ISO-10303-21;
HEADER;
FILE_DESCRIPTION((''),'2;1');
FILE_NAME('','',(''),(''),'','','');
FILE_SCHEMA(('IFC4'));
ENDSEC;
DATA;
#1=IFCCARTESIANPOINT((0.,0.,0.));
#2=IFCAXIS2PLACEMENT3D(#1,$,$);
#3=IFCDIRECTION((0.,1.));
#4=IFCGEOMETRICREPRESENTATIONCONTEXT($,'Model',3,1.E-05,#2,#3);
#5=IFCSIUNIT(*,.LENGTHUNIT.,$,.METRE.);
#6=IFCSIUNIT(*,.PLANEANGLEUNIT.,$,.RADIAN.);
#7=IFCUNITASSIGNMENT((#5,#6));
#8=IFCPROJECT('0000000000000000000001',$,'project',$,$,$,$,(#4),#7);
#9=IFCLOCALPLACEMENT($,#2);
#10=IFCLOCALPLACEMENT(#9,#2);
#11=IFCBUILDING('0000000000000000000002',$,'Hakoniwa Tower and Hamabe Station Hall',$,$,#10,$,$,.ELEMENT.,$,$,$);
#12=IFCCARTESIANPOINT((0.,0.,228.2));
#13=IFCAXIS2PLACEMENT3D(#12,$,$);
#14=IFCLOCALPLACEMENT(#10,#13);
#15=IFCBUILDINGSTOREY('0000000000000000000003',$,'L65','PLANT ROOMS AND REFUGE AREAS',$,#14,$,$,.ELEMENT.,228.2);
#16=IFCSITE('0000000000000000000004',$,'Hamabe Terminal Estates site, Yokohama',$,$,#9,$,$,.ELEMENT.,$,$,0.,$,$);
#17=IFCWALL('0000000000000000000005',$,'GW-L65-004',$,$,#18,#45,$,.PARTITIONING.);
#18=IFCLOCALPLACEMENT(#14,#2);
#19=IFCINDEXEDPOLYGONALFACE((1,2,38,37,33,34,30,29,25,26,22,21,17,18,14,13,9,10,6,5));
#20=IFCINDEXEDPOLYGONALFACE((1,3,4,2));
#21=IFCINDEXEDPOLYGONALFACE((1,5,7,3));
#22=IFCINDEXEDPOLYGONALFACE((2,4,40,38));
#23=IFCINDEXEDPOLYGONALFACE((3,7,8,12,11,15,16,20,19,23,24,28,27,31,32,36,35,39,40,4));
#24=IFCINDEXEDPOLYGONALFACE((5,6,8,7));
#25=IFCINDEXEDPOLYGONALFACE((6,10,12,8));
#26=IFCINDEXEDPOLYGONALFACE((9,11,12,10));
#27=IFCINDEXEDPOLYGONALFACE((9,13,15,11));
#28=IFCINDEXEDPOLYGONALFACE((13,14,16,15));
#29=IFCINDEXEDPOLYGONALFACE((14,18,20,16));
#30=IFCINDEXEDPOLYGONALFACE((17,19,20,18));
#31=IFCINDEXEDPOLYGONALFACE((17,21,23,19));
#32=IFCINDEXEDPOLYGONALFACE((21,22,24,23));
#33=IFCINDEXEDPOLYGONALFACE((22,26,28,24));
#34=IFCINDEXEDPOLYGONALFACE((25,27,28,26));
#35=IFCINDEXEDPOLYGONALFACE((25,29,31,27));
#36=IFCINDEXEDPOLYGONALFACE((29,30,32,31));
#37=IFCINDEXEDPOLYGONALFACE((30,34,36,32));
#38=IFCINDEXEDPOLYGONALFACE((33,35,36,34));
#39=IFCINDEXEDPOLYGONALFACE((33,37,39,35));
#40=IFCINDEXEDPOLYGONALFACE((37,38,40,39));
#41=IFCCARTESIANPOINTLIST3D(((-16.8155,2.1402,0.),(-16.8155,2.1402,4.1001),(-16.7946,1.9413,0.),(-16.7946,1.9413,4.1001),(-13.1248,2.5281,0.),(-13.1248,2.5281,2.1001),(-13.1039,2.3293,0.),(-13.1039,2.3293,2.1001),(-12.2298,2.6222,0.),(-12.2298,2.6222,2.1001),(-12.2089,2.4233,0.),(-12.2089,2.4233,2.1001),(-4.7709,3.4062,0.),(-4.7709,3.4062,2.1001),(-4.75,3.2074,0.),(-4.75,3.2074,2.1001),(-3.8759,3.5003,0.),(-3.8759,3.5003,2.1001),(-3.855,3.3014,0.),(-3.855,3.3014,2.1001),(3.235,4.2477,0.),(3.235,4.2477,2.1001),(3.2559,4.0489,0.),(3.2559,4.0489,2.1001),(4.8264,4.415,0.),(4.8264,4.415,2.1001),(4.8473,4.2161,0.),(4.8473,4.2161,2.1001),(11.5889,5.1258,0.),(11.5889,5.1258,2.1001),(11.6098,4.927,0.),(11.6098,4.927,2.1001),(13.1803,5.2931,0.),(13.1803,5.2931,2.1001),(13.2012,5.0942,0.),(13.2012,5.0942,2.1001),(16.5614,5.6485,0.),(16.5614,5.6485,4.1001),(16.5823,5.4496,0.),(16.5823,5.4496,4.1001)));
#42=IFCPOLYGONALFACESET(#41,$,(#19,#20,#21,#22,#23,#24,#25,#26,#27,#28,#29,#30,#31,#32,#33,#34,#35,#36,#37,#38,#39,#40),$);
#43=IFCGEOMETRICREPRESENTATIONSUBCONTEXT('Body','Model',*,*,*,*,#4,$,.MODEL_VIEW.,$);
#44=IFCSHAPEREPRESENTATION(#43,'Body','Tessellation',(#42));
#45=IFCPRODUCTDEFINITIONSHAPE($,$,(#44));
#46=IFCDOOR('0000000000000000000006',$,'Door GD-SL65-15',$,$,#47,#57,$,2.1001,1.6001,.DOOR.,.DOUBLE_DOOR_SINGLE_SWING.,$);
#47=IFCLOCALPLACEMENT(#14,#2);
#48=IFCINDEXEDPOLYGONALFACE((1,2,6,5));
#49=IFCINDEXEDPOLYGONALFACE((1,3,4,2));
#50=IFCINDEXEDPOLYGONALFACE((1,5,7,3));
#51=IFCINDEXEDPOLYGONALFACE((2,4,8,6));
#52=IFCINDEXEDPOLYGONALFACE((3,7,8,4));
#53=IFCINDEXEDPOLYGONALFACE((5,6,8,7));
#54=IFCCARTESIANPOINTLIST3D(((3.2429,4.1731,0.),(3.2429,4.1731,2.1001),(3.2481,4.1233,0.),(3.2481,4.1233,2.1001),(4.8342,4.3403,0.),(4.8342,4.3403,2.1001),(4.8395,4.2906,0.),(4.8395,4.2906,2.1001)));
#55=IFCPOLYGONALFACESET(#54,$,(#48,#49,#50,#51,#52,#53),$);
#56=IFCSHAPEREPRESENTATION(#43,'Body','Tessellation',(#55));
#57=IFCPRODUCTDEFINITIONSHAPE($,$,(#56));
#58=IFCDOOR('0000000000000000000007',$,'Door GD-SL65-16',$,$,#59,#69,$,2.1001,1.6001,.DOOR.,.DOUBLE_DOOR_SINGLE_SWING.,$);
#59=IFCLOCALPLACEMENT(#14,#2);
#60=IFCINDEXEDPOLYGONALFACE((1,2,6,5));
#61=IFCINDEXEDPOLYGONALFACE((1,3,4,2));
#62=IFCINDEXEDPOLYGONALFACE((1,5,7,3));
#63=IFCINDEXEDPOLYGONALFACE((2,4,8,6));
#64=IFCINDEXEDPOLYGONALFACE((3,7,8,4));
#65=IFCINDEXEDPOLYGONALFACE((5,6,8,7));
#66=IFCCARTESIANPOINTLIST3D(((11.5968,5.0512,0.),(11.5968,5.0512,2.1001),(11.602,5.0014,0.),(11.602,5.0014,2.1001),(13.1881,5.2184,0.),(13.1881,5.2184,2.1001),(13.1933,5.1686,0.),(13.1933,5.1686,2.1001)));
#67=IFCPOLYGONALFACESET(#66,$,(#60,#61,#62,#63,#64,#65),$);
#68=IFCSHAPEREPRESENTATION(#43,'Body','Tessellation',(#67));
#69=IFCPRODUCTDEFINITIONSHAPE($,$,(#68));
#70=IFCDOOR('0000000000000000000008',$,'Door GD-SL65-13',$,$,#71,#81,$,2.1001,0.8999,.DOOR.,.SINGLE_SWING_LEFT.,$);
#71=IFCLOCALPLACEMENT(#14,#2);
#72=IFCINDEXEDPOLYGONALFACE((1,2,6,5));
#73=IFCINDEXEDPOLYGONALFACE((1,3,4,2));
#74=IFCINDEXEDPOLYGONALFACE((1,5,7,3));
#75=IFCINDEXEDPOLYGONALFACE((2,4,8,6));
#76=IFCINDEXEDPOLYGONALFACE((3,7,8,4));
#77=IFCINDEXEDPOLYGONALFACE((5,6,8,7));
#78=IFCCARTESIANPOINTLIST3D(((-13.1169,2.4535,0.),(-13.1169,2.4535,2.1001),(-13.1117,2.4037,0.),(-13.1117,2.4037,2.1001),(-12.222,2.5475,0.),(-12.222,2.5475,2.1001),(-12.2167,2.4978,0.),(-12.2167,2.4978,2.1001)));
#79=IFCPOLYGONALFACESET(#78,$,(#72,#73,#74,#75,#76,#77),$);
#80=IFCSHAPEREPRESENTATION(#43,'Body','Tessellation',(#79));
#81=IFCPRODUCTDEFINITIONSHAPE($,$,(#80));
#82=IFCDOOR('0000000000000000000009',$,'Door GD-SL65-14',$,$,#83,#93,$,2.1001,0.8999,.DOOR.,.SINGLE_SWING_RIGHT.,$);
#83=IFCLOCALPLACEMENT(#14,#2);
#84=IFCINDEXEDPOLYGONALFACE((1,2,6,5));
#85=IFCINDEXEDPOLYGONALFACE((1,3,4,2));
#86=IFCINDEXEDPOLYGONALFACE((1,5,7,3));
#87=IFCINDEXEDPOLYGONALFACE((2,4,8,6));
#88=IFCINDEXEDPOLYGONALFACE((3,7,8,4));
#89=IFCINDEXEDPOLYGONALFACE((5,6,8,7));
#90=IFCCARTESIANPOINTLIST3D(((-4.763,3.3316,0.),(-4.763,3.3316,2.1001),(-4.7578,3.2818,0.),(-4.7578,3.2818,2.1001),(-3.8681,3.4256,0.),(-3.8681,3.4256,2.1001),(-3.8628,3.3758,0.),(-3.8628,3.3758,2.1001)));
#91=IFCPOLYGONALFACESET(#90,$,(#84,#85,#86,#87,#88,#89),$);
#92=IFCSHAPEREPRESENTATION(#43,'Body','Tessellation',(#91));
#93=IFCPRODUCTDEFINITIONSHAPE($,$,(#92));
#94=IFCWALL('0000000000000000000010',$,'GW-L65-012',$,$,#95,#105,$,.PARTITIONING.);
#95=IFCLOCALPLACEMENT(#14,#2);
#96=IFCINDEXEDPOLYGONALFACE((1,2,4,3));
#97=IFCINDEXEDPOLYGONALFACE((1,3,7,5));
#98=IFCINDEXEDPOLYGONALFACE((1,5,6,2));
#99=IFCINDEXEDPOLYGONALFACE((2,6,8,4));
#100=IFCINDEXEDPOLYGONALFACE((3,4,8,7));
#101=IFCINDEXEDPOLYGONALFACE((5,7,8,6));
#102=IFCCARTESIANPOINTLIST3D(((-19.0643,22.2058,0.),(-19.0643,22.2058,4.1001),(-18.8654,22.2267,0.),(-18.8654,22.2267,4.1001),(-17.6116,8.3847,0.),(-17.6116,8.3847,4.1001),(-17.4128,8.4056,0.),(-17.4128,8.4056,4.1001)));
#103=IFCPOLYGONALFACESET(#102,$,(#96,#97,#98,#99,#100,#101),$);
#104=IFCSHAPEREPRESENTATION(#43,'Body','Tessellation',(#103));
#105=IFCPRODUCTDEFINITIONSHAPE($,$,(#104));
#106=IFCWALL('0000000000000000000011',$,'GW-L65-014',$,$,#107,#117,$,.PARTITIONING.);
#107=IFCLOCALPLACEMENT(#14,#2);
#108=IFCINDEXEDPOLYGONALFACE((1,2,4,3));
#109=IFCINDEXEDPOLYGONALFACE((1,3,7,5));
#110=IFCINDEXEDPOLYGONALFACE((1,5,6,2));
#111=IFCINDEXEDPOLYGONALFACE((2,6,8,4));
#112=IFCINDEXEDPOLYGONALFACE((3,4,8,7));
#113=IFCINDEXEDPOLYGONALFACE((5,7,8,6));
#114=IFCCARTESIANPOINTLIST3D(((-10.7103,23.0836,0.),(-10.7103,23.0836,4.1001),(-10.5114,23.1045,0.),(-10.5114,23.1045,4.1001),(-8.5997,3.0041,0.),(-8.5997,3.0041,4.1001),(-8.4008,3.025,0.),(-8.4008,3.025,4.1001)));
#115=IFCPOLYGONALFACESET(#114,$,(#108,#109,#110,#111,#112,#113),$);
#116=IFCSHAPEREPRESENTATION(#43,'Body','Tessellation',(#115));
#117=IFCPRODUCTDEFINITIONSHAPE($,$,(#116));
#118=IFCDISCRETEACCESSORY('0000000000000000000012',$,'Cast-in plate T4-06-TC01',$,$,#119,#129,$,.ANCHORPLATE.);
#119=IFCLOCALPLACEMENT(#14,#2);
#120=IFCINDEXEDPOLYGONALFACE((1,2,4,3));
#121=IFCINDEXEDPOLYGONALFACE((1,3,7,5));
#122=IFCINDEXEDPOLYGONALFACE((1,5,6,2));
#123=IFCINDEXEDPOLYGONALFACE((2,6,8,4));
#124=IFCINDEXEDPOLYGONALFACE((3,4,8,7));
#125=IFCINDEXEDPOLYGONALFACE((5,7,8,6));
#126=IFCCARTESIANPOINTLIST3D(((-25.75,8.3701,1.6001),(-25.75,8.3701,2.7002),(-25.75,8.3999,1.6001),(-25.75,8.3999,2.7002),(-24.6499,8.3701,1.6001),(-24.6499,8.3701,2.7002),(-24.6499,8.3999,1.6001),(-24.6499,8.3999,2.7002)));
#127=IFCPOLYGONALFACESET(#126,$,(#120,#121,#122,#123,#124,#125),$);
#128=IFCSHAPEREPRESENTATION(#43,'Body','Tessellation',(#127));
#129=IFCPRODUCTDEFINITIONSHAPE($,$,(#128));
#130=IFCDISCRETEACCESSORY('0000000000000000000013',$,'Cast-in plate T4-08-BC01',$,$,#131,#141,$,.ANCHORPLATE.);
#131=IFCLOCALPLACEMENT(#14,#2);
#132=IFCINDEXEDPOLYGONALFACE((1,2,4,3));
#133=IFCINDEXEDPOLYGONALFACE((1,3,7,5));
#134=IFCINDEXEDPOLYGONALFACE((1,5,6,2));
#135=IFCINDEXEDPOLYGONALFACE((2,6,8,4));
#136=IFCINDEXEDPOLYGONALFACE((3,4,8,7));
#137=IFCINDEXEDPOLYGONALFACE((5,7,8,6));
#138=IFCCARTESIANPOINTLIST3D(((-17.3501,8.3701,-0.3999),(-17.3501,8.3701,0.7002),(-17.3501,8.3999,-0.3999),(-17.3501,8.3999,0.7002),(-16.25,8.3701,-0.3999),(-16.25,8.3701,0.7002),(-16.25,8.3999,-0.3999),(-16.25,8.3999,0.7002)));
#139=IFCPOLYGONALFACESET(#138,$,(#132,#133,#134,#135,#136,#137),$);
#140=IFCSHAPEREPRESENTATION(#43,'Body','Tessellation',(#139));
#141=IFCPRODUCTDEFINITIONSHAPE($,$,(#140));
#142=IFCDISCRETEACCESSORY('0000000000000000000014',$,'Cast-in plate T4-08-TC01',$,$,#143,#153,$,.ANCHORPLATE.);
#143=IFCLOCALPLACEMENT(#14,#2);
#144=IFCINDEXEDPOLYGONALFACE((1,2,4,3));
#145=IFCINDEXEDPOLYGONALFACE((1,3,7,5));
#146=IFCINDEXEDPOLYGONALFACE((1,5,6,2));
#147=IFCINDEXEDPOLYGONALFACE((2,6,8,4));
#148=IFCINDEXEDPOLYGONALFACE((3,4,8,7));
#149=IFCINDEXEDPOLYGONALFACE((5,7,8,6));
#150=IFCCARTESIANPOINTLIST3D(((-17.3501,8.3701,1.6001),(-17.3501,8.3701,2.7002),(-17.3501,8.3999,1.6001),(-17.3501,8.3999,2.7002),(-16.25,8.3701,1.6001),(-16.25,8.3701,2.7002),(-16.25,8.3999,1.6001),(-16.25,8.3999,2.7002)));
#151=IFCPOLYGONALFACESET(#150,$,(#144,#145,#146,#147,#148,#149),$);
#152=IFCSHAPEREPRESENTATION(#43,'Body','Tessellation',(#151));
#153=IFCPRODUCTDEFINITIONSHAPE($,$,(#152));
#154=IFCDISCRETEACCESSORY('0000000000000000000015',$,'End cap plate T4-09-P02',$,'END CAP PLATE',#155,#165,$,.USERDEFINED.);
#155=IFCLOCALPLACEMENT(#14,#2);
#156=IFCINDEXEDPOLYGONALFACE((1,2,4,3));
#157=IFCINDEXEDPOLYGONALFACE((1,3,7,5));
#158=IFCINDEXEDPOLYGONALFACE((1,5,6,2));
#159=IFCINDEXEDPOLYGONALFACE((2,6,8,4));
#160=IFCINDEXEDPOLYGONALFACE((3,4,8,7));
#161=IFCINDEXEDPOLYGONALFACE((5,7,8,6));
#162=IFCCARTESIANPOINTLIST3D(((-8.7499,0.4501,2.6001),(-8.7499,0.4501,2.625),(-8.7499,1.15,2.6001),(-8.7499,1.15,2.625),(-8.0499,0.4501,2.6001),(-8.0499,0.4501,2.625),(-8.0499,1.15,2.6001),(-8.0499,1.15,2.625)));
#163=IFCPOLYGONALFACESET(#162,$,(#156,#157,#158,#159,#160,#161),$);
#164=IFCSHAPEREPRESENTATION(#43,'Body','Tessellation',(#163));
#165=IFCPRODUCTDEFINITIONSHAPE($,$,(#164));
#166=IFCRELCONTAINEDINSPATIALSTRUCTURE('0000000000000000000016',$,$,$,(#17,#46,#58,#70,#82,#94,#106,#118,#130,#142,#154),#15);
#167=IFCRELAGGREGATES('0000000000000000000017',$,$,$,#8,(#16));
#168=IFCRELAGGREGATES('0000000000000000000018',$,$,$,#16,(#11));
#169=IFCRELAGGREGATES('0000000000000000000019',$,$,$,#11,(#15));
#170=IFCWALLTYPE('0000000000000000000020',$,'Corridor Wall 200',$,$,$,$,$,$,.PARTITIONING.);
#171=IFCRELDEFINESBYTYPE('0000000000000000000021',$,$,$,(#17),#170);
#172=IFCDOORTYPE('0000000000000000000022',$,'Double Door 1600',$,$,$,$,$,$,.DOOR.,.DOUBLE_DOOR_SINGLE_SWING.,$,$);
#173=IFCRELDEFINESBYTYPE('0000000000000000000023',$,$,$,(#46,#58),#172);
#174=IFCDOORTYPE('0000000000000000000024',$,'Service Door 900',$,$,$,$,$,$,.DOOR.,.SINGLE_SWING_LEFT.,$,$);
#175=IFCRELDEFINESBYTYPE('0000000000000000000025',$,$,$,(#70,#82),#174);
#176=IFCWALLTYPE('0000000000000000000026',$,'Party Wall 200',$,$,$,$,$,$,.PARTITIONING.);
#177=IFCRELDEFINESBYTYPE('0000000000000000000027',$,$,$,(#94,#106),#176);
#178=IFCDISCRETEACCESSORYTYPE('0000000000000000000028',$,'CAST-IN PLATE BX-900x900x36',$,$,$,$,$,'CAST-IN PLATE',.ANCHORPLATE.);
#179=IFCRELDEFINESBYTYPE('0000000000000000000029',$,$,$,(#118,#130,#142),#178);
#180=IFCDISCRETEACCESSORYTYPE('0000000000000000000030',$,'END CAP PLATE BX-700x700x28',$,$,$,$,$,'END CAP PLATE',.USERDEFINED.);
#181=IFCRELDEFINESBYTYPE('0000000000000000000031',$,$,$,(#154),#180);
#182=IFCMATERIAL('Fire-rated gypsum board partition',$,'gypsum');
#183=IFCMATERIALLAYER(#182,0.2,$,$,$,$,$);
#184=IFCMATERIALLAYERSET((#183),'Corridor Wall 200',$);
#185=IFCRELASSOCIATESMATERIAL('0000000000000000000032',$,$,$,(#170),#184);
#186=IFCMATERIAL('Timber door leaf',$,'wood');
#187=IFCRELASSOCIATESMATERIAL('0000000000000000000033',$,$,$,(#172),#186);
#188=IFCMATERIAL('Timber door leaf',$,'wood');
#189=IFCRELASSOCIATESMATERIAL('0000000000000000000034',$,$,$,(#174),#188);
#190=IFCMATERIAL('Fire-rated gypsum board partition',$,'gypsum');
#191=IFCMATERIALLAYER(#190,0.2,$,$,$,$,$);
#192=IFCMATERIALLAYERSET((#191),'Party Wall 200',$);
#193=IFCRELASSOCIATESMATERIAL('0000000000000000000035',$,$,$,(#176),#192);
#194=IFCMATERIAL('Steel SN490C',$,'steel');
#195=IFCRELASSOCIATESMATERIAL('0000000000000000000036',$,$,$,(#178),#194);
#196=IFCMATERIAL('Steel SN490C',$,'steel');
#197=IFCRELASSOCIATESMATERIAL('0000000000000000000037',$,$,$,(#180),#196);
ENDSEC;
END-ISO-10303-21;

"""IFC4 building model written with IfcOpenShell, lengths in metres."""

from ifc_helpers import new_model, si_unit, direction, frame, frame_2d, origin, origin_2d, place, context, subcontext, project, spatial, rectangle, extrude, material, layer, layer_set, material_profile, profile_set, type_object, element, fill, save


model = new_model("IFC4")

# Units and contexts
model_context = context("Model", 3, precision=1e-05, world=origin(), true_north=direction((0.0, 1.0)))
body_context = subcontext(model_context, "Body", "Model", "MODEL_VIEW")
ifc_project = project(units=[si_unit("LENGTHUNIT", "METRE"), si_unit("PLANEANGLEUNIT", "RADIAN")], contexts=[model_context])

# Site, building, storey
site_placement = place(None, origin())
site = spatial("IfcSite", under=ifc_project, at=site_placement, Name="Hamabe Terminal Estates site, Yokohama", CompositionType="ELEMENT", RefElevation=0.0)
building_placement = place(site_placement, origin())
building = spatial("IfcBuilding", under=site, at=building_placement, Name="Hakoniwa Tower and Hamabe Station Hall", CompositionType="ELEMENT")
storey_placement = place(building_placement, frame((0.0, 0.0, 228.2)))
storey = spatial("IfcBuildingStorey", under=building, at=storey_placement, Name="L65", Description="PLANT ROOMS AND REFUGE AREAS", CompositionType="ELEMENT", Elevation=228.2)

# Wall, openings, doors
ifc_material_1 = material(Name="Fire-rated gypsum board partition", Category="gypsum")
ifc_layer_1 = layer(ifc_material_1, 0.2)
ifc_layer_set_1 = layer_set([ifc_layer_1], Name="Corridor Wall 200")
wall_type_1 = type_object("IfcWallType", Name="Corridor Wall 200", PredefinedType="PARTITIONING", material=ifc_layer_set_1)
wall_1_placement = place(storey_placement, frame((-16.8049, 2.0408, 0.0), z_axis=(0.0, 0.0, 1.0), x_axis=(0.994521, 0.104536, 0.0)))
wall_1 = element("IfcWall", 1, at=wall_1_placement, inside=storey, type_object=wall_type_1, Name="GW-L65-004", PredefinedType="PARTITIONING", context=body_context, shape_type="SweptSolid", body=[
    extrude(rectangle(XDim=33.5608, YDim=0.2, at=frame_2d((16.7803, 0.0))), origin(), (0.0, 0.0, 1.0), 4.1001),
])
opening_1_placement = place(wall_1_placement, frame((3.7109, 0.0, 0.0)))
opening_1 = element("IfcOpeningElement", 2, at=opening_1_placement, cuts=wall_1, PredefinedType="OPENING", context=body_context, shape_type="SweptSolid", body=[
    extrude(rectangle(XDim=0.8999, YDim=2.1001, at=frame_2d((0.45, 1.05))), frame((0.0, 0.1099, 0.0), z_axis=(0.0, -1.0, 0.0), x_axis=(1.0, 0.0, 0.0)), (0.0, 0.0, 1.0), 0.22),
])
opening_2_placement = place(wall_1_placement, frame((12.1108, 0.0, 0.0)))
opening_2 = element("IfcOpeningElement", 3, at=opening_2_placement, cuts=wall_1, PredefinedType="OPENING", context=body_context, shape_type="SweptSolid", body=[
    extrude(rectangle(XDim=0.8999, YDim=2.1001, at=frame_2d((0.45, 1.05))), frame((0.0, 0.1099, 0.0), z_axis=(0.0, -1.0, 0.0), x_axis=(1.0, 0.0, 0.0)), (0.0, 0.0, 1.0), 0.22),
])
opening_3_placement = place(wall_1_placement, frame((20.1609, 0.0, 0.0)))
opening_3 = element("IfcOpeningElement", 4, at=opening_3_placement, cuts=wall_1, PredefinedType="OPENING", context=body_context, shape_type="SweptSolid", body=[
    extrude(rectangle(XDim=1.6001, YDim=2.1001, at=frame_2d((0.8, 1.05))), frame((0.0, 0.1099, 0.0), z_axis=(0.0, -1.0, 0.0), x_axis=(1.0, 0.0, 0.0)), (0.0, 0.0, 1.0), 0.22),
])
opening_4_placement = place(wall_1_placement, frame((28.5608, 0.0, 0.0)))
opening_4 = element("IfcOpeningElement", 5, at=opening_4_placement, cuts=wall_1, PredefinedType="OPENING", context=body_context, shape_type="SweptSolid", body=[
    extrude(rectangle(XDim=1.6001, YDim=2.1001, at=frame_2d((0.8, 1.05))), frame((0.0, 0.1099, 0.0), z_axis=(0.0, -1.0, 0.0), x_axis=(1.0, 0.0, 0.0)), (0.0, 0.0, 1.0), 0.22),
])
ifc_material_2 = material(Name="Timber door leaf", Category="wood")
door_type_1 = type_object("IfcDoorType", Name="Double Door 1600", OperationType="DOUBLE_DOOR_SINGLE_SWING", PredefinedType="DOOR", material=ifc_material_2)
door_1_placement = place(opening_3_placement, origin())
door_1 = element("IfcDoor", 6, at=door_1_placement, inside=storey, type_object=door_type_1, Name="Door GD-SL65-15", OperationType="DOUBLE_DOOR_SINGLE_SWING", OverallHeight=2.1001, OverallWidth=1.6001, PredefinedType="DOOR", context=body_context, shape_type="SweptSolid", body=[
    extrude(rectangle(XDim=1.6001, YDim=2.1001, at=frame_2d((0.8, 1.05))), frame((0.0, 0.0249, 0.0), z_axis=(0.0, -1.0, 0.0), x_axis=(1.0, 0.0, 0.0)), (0.0, 0.0, 1.0), 0.05),
])
fill(opening_3, door_1)
door_2_placement = place(opening_4_placement, origin())
door_2 = element("IfcDoor", 7, at=door_2_placement, inside=storey, type_object=door_type_1, Name="Door GD-SL65-16", OperationType="DOUBLE_DOOR_SINGLE_SWING", OverallHeight=2.1001, OverallWidth=1.6001, PredefinedType="DOOR", context=body_context, shape_type="SweptSolid", body=[
    extrude(rectangle(XDim=1.6001, YDim=2.1001, at=frame_2d((0.8, 1.05))), frame((0.0, 0.0249, 0.0), z_axis=(0.0, -1.0, 0.0), x_axis=(1.0, 0.0, 0.0)), (0.0, 0.0, 1.0), 0.05),
])
fill(opening_4, door_2)
ifc_material_3 = material(Name="Timber door leaf", Category="wood")
door_type_2 = type_object("IfcDoorType", Name="Service Door 900", OperationType="SINGLE_SWING_LEFT", PredefinedType="DOOR", material=ifc_material_3)
door_3_placement = place(opening_1_placement, origin())
door_3 = element("IfcDoor", 8, at=door_3_placement, inside=storey, type_object=door_type_2, Name="Door GD-SL65-13", OperationType="SINGLE_SWING_LEFT", OverallHeight=2.1001, OverallWidth=0.8999, PredefinedType="DOOR", context=body_context, shape_type="SweptSolid", body=[
    extrude(rectangle(XDim=0.8999, YDim=2.1001, at=frame_2d((0.45, 1.05))), frame((0.0, 0.0249, 0.0), z_axis=(0.0, -1.0, 0.0), x_axis=(1.0, 0.0, 0.0)), (0.0, 0.0, 1.0), 0.05),
])
fill(opening_1, door_3)
door_4_placement = place(opening_2_placement, origin())
door_4 = element("IfcDoor", 9, at=door_4_placement, inside=storey, type_object=door_type_2, Name="Door GD-SL65-14", OperationType="SINGLE_SWING_RIGHT", OverallHeight=2.1001, OverallWidth=0.8999, PredefinedType="DOOR", context=body_context, shape_type="SweptSolid", body=[
    extrude(rectangle(XDim=0.8999, YDim=2.1001, at=frame_2d((0.45, 1.05))), frame((0.0, 0.0249, 0.0), z_axis=(0.0, -1.0, 0.0), x_axis=(1.0, 0.0, 0.0)), (0.0, 0.0, 1.0), 0.05),
])
fill(opening_2, door_4)

# Walls
ifc_material_4 = material(Name="Fire-rated gypsum board partition", Category="gypsum")
ifc_layer_2 = layer(ifc_material_4, 0.2)
ifc_layer_set_2 = layer_set([ifc_layer_2], Name="Party Wall 200")
wall_type_2 = type_object("IfcWallType", Name="Party Wall 200", PredefinedType="PARTITIONING", material=ifc_layer_set_2)
wall_2_placement = place(storey_placement, frame((-17.5122, 8.395, 0.0), z_axis=(0.0, 0.0, 1.0), x_axis=(-0.104527, 0.994522, 0.0)))
element("IfcWall", 10, at=wall_2_placement, inside=storey, type_object=wall_type_2, Name="GW-L65-012", PredefinedType="PARTITIONING", context=body_context, shape_type="SweptSolid", body=[
    extrude(rectangle(XDim=13.8972, YDim=0.2, at=frame_2d((6.9487, 0.0))), origin(), (0.0, 0.0, 1.0), 4.1001),
])
wall_3_placement = place(storey_placement, frame((-8.5002, 3.0144, 0.0), z_axis=(0.0, 0.0, 1.0), x_axis=(-0.104536, 0.994521, 0.0)))
element("IfcWall", 11, at=wall_3_placement, inside=storey, type_object=wall_type_2, Name="GW-L65-014", PredefinedType="PARTITIONING", context=body_context, shape_type="SweptSolid", body=[
    extrude(rectangle(XDim=20.1902, YDim=0.2, at=frame_2d((10.0952, 0.0))), origin(), (0.0, 0.0, 1.0), 4.1001),
])

# Discrete accessories
ifc_material_5 = material(Name="Steel SN490C", Category="steel")
ifc_material_profile_1 = material_profile(ifc_material_5, rectangle(XDim=1.1001, YDim=1.1001, at=origin_2d()), Name="CAST-IN PLATE BX-900x900x36")
ifc_profile_set_1 = profile_set([ifc_material_profile_1], Name="Steel SN490C")
discrete_accessory_type_1 = type_object("IfcDiscreteAccessoryType", Name="CAST-IN PLATE BX-900x900x36", ElementType="CAST-IN PLATE", PredefinedType="ANCHORPLATE", material=ifc_profile_set_1)
for number, where, z_axis, x_axis, name in (
    (12, (-25.2, 8.3701, 2.1501), (0.0, 1.0, 0.0), (-1.0, 0.0, 0.0), "Cast-in plate T4-06-TC01"),
    (13, (-16.8, 8.3701, 0.1501), (0.0, 1.0, 0.0), (-1.0, 0.0, 0.0), "Cast-in plate T4-08-BC01"),
    (14, (-16.8, 8.3701, 2.1501), (0.0, 1.0, 0.0), (-1.0, 0.0, 0.0), "Cast-in plate T4-08-TC01"),
):
    element("IfcDiscreteAccessory", number, at=place(storey_placement, frame(where, z_axis=z_axis, x_axis=x_axis)), inside=storey, type_object=discrete_accessory_type_1, Name=name, PredefinedType="ANCHORPLATE", context=body_context, shape_type="SweptSolid", body=[
        extrude(rectangle(XDim=1.1001, YDim=1.1001, at=origin_2d()), origin(), (0.0, 0.0, 1.0), 0.0298),
    ])
ifc_material_6 = material(Name="Steel SN490C", Category="steel")
ifc_material_profile_2 = material_profile(ifc_material_6, rectangle(XDim=0.7, YDim=0.7, at=origin_2d()), Name="END CAP PLATE BX-700x700x28")
ifc_profile_set_2 = profile_set([ifc_material_profile_2], Name="Steel SN490C")
discrete_accessory_type_2 = type_object("IfcDiscreteAccessoryType", Name="END CAP PLATE BX-700x700x28", ElementType="END CAP PLATE", PredefinedType="USERDEFINED", material=ifc_profile_set_2)
discrete_accessory_1_placement = place(storey_placement, frame((-8.3999, 0.8, 2.6001), z_axis=(0.0, 0.0, 1.0), x_axis=(1.0, 0.0, 0.0)))
element("IfcDiscreteAccessory", 15, at=discrete_accessory_1_placement, inside=storey, type_object=discrete_accessory_type_2, Name="End cap plate T4-09-P02", ObjectType="END CAP PLATE", PredefinedType="USERDEFINED", context=body_context, shape_type="SweptSolid", body=[
    extrude(rectangle(XDim=0.7, YDim=0.7, at=origin_2d()), origin(), (0.0, 0.0, 1.0), 0.0249),
])

save(model, "model.ifc")
